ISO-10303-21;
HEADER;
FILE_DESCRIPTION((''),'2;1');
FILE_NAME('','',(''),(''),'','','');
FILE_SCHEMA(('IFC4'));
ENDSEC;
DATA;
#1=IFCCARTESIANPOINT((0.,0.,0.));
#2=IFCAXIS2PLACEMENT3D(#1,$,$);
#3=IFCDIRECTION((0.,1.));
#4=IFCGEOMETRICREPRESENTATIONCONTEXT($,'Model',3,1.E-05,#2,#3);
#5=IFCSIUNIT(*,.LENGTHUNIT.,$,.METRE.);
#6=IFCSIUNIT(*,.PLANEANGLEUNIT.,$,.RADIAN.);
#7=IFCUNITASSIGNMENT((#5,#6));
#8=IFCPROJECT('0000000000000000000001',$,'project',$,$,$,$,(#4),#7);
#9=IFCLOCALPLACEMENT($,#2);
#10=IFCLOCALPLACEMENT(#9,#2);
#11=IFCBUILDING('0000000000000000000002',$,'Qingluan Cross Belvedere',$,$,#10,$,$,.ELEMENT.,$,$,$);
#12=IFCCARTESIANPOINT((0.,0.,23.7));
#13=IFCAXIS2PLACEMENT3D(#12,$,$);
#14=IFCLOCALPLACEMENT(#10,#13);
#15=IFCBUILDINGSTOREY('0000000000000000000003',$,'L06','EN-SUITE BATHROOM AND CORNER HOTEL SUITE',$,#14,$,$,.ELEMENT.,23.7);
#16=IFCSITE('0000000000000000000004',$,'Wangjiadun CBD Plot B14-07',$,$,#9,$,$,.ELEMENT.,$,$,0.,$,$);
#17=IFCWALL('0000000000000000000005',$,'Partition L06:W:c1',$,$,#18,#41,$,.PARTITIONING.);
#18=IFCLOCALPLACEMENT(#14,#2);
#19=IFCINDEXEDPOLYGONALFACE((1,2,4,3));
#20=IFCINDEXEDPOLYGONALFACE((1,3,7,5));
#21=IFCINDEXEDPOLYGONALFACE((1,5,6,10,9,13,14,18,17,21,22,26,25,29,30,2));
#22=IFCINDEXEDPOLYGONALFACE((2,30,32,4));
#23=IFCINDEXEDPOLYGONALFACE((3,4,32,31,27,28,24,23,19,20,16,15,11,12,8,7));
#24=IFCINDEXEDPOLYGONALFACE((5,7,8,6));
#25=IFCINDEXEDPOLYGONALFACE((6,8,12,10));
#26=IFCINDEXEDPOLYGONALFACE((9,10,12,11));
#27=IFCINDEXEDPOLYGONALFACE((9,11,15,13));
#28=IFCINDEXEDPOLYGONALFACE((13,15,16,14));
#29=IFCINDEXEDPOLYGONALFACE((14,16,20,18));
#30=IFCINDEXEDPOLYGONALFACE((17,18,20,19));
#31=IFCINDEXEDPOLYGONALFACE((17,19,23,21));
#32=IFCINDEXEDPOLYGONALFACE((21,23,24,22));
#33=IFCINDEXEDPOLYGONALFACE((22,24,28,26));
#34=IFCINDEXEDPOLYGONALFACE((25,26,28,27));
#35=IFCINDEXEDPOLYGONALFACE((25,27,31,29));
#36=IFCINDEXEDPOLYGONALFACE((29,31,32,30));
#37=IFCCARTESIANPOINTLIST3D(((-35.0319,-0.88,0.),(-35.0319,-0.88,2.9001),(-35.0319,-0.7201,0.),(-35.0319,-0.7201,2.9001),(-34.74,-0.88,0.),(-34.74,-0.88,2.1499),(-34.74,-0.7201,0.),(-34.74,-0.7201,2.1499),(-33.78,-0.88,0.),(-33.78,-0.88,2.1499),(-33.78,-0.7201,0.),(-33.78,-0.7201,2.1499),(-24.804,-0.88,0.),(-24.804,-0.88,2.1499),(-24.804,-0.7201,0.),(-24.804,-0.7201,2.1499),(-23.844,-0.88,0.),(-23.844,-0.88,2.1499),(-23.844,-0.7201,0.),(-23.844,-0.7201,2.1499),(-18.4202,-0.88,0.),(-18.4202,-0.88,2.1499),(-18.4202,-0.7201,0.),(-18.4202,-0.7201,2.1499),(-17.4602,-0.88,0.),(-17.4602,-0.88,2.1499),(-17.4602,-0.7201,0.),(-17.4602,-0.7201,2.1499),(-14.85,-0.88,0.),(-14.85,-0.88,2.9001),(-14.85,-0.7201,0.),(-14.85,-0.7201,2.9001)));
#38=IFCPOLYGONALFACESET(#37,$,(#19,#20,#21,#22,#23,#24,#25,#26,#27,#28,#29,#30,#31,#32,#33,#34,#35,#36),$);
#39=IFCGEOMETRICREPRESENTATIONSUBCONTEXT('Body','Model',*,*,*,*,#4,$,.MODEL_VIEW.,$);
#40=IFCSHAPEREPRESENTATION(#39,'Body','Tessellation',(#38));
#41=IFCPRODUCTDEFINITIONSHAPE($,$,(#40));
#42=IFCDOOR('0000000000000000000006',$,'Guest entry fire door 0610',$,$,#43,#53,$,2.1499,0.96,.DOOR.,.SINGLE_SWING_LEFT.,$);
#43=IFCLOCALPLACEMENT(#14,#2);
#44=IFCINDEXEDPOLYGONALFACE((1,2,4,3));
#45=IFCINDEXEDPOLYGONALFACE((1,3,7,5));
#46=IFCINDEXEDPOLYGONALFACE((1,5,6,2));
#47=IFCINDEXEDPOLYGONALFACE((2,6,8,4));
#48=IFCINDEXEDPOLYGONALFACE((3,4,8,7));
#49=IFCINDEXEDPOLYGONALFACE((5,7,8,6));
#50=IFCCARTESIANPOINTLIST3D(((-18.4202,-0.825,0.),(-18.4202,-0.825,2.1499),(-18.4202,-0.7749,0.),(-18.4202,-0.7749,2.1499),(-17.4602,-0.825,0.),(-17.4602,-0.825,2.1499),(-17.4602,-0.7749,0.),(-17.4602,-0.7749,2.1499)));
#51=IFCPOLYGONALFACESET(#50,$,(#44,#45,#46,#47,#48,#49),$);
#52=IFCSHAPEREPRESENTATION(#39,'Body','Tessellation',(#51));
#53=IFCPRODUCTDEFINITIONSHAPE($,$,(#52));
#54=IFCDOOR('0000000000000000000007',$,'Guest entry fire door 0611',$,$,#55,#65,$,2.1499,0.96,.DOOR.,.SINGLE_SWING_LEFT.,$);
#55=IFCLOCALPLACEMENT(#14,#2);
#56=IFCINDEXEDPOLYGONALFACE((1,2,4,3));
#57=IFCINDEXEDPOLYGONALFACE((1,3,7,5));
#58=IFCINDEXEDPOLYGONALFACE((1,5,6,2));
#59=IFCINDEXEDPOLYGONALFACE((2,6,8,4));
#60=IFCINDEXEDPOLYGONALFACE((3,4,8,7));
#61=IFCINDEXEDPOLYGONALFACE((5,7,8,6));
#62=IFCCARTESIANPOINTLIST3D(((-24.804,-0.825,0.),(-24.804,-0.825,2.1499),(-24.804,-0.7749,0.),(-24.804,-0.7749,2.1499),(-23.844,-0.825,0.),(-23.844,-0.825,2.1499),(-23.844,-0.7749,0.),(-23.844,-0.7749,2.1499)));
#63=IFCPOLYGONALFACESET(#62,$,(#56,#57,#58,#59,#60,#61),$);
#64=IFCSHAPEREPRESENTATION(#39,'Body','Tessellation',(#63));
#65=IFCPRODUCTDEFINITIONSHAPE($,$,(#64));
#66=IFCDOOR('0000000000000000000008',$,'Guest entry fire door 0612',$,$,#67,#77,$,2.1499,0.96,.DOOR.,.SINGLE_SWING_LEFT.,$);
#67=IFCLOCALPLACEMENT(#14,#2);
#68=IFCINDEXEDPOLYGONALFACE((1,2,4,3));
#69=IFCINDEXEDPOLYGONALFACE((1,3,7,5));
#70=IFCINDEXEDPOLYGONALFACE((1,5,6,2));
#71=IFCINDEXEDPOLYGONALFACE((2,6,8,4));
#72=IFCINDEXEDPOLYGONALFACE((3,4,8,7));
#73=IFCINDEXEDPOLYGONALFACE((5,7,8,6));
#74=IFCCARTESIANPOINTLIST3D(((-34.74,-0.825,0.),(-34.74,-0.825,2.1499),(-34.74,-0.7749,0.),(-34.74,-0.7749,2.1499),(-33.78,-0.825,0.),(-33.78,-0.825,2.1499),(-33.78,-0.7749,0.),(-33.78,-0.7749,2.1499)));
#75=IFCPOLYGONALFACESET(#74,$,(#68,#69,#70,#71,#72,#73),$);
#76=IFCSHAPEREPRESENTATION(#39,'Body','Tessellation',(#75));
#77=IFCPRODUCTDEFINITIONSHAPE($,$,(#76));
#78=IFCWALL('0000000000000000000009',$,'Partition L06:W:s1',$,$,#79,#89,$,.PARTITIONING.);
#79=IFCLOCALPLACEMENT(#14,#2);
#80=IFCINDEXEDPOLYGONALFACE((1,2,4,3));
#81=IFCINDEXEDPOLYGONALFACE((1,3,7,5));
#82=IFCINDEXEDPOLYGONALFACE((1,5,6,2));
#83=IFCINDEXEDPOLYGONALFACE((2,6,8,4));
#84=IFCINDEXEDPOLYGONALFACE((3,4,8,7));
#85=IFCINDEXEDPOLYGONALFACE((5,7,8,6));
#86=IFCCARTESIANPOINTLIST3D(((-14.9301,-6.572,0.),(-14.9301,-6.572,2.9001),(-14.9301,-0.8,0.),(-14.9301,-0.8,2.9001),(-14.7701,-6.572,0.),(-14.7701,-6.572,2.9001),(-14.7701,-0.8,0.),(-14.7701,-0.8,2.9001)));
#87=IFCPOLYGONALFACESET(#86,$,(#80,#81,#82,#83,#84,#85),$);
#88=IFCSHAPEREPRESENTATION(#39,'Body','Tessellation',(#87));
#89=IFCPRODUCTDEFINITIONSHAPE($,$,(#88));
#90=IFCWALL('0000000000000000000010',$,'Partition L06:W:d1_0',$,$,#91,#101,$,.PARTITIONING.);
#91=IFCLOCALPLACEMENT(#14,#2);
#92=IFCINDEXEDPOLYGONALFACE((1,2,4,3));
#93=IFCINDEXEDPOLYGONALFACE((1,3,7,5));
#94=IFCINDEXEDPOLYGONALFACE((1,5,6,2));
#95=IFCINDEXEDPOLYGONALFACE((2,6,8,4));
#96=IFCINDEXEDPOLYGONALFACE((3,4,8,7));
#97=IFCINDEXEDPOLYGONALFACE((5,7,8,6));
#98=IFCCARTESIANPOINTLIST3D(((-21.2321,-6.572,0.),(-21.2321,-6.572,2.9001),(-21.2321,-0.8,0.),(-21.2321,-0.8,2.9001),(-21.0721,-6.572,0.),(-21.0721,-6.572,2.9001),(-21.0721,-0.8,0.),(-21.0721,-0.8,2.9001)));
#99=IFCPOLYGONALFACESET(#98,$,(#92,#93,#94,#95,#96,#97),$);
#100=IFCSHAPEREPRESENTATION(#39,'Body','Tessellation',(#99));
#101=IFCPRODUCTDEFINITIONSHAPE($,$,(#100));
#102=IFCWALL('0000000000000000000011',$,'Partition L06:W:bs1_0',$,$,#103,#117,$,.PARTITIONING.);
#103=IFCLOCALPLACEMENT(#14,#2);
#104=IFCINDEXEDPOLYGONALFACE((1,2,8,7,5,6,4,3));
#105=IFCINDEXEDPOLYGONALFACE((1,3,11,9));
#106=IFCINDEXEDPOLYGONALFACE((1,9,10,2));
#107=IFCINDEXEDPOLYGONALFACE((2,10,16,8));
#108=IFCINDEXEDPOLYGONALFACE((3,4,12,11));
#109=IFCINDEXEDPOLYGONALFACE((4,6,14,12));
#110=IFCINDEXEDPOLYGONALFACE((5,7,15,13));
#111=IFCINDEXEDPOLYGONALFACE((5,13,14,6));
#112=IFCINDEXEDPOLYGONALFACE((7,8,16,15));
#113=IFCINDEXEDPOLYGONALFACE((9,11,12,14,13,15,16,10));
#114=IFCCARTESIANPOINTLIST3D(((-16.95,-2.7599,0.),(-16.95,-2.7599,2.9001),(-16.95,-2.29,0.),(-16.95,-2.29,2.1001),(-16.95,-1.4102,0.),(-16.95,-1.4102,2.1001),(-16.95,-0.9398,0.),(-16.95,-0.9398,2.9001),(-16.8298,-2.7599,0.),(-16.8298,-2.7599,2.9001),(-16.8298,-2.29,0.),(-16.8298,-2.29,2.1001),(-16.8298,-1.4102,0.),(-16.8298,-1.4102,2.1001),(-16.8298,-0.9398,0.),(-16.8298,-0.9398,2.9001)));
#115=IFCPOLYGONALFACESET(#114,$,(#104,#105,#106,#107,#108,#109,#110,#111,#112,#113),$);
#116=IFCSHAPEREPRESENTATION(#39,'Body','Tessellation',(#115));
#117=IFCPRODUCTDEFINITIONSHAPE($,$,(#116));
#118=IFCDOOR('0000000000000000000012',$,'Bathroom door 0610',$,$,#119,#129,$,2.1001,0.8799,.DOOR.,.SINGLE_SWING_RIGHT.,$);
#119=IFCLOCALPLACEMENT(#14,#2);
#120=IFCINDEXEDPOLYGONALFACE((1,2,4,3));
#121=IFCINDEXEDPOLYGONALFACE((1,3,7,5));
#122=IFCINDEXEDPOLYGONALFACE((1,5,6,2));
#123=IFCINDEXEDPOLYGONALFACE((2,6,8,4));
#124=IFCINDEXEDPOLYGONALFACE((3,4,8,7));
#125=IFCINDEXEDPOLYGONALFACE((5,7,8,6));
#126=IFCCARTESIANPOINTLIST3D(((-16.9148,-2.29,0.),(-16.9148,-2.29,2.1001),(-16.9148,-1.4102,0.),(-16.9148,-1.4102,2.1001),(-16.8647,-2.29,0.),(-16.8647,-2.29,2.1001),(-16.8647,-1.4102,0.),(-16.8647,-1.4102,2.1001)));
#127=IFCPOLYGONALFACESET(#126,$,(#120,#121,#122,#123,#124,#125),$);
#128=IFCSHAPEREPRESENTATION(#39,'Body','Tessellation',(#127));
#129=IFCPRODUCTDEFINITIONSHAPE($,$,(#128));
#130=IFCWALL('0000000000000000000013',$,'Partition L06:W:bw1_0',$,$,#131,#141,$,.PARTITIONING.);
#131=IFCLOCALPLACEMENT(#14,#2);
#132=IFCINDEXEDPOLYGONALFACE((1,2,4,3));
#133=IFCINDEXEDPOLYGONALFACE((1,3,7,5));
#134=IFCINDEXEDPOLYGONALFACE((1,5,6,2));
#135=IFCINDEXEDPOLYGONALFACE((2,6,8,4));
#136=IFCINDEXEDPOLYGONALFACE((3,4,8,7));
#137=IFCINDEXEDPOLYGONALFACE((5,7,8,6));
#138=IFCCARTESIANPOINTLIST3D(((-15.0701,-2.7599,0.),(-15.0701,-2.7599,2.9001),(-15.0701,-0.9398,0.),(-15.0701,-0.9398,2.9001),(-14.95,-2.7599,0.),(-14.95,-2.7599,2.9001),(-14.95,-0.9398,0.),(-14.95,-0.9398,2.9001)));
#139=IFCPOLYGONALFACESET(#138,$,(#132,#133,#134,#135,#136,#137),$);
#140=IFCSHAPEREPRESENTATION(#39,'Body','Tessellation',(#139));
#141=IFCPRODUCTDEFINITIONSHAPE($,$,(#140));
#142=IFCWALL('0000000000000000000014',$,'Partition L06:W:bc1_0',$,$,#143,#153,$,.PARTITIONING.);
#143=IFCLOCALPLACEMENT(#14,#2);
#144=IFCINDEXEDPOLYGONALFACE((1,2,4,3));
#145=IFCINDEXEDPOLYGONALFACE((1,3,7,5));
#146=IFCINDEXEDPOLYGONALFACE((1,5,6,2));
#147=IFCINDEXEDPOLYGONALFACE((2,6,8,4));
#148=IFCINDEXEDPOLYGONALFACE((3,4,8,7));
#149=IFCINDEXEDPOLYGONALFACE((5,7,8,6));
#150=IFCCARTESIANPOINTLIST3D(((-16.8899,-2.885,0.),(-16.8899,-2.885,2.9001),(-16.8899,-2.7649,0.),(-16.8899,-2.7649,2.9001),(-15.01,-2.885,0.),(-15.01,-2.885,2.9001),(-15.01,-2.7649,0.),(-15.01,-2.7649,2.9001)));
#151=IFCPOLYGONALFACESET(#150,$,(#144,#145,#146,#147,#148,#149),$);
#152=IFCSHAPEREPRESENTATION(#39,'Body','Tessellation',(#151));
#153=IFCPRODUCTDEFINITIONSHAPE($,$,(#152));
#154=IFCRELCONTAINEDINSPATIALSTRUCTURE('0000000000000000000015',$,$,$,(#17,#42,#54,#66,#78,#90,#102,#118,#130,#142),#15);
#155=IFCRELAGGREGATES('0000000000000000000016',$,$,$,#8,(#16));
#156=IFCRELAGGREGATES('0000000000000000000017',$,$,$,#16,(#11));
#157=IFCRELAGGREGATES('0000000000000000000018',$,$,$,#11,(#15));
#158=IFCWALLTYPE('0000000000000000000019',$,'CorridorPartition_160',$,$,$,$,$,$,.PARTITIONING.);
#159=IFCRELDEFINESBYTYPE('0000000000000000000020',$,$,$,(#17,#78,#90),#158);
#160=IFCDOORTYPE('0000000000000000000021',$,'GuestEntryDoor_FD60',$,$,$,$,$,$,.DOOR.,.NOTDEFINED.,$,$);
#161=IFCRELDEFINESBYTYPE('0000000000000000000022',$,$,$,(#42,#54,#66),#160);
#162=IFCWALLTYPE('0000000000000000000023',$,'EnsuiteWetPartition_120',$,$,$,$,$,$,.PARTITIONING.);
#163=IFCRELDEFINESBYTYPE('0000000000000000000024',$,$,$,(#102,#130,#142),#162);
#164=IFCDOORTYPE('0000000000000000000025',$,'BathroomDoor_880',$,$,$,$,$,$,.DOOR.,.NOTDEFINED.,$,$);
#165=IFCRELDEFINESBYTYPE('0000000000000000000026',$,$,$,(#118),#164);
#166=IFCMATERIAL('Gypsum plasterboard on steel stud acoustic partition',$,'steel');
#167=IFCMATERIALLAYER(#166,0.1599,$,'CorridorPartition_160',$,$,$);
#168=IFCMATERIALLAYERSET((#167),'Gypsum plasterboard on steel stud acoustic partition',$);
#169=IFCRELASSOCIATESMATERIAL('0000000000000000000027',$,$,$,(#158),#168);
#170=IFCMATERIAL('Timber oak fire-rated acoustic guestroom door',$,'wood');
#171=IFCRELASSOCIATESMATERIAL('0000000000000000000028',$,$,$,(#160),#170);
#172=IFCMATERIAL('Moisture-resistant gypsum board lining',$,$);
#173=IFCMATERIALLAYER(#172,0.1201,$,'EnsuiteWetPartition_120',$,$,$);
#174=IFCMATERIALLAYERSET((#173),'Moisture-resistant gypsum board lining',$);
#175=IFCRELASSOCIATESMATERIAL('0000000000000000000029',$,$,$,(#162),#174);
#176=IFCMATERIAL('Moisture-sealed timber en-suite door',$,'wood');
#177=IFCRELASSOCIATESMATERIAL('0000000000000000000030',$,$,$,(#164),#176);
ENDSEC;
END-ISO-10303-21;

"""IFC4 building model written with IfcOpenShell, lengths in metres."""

from ifc_helpers import new_model, si_unit, direction, frame, frame_2d, origin, place, context, subcontext, project, spatial, rectangle, extrude, material, layer, layer_set, type_object, element, fill, save


model = new_model("IFC4")

# Units and contexts
model_context = context("Model", 3, precision=1e-05, world=origin(), true_north=direction((0.0, 1.0)))
body_context = subcontext(model_context, "Body", "Model", "MODEL_VIEW")
ifc_project = project(units=[si_unit("LENGTHUNIT", "METRE"), si_unit("PLANEANGLEUNIT", "RADIAN")], contexts=[model_context])

# Site, building, storey
site_placement = place(None, origin())
site = spatial("IfcSite", under=ifc_project, at=site_placement, Name="Wangjiadun CBD Plot B14-07", CompositionType="ELEMENT", RefElevation=0.0)
building_placement = place(site_placement, origin())
building = spatial("IfcBuilding", under=site, at=building_placement, Name="Qingluan Cross Belvedere", CompositionType="ELEMENT")
storey_placement = place(building_placement, frame((0.0, 0.0, 23.7)))
storey = spatial("IfcBuildingStorey", under=building, at=storey_placement, Name="L06", Description="EN-SUITE BATHROOM AND CORNER HOTEL SUITE", CompositionType="ELEMENT", Elevation=23.7)

# Wall, openings, doors
ifc_material_1 = material(Name="Gypsum plasterboard on steel stud acoustic partition", Category="steel")
ifc_layer_1 = layer(ifc_material_1, 0.1599, Name="CorridorPartition_160")
ifc_layer_set_1 = layer_set([ifc_layer_1], Name="Gypsum plasterboard on steel stud acoustic partition")
wall_type_1 = type_object("IfcWallType", Name="CorridorPartition_160", PredefinedType="PARTITIONING", material=ifc_layer_set_1)
wall_1_placement = place(storey_placement, frame((-14.8501, -0.8, 0.0), z_axis=(0.0, 0.0, 1.0), x_axis=(-1.0, 0.0, 0.0)))
wall_1 = element("IfcWall", 1, at=wall_1_placement, inside=storey, type_object=wall_type_1, Name="Partition L06:W:c1", PredefinedType="PARTITIONING", context=body_context, shape_type="SweptSolid", body=[
    extrude(rectangle(XDim=20.1819, YDim=0.1599, at=frame_2d((10.0908, 0.0))), origin(), (0.0, 0.0, 1.0), 2.9001),
])
opening_1_placement = place(wall_1_placement, frame((2.6101, 0.0, 0.0)))
opening_1 = element("IfcOpeningElement", 2, at=opening_1_placement, cuts=wall_1, PredefinedType="OPENING", context=body_context, shape_type="SweptSolid", body=[
    extrude(rectangle(XDim=0.96, YDim=2.1499, at=frame_2d((0.48, 1.075))), frame((0.0, 0.0898, 0.0), z_axis=(0.0, -1.0, 0.0), x_axis=(1.0, 0.0, 0.0)), (0.0, 0.0, 1.0), 0.1799),
])
opening_2_placement = place(wall_1_placement, frame((8.9939, 0.0, 0.0)))
opening_2 = element("IfcOpeningElement", 3, at=opening_2_placement, cuts=wall_1, PredefinedType="OPENING", context=body_context, shape_type="SweptSolid", body=[
    extrude(rectangle(XDim=0.96, YDim=2.1499, at=frame_2d((0.48, 1.075))), frame((0.0, 0.0898, 0.0), z_axis=(0.0, -1.0, 0.0), x_axis=(1.0, 0.0, 0.0)), (0.0, 0.0, 1.0), 0.1799),
])
opening_3_placement = place(wall_1_placement, frame((18.9299, 0.0, 0.0)))
opening_3 = element("IfcOpeningElement", 4, at=opening_3_placement, cuts=wall_1, PredefinedType="OPENING", context=body_context, shape_type="SweptSolid", body=[
    extrude(rectangle(XDim=0.96, YDim=2.1499, at=frame_2d((0.48, 1.075))), frame((0.0, 0.0898, 0.0), z_axis=(0.0, -1.0, 0.0), x_axis=(1.0, 0.0, 0.0)), (0.0, 0.0, 1.0), 0.1799),
])
ifc_material_2 = material(Name="Timber oak fire-rated acoustic guestroom door", Category="wood")
door_type_1 = type_object("IfcDoorType", Name="GuestEntryDoor_FD60", OperationType="NOTDEFINED", PredefinedType="DOOR", material=ifc_material_2)
door_1_placement = place(opening_1_placement, origin())
door_1 = element("IfcDoor", 5, at=door_1_placement, inside=storey, type_object=door_type_1, Name="Guest entry fire door 0610", OperationType="SINGLE_SWING_LEFT", OverallHeight=2.1499, OverallWidth=0.96, PredefinedType="DOOR", context=body_context, shape_type="SweptSolid", body=[
    extrude(rectangle(XDim=0.96, YDim=2.1499, at=frame_2d((0.48, 1.075))), frame((0.0, 0.0249, 0.0), z_axis=(0.0, -1.0, 0.0), x_axis=(1.0, 0.0, 0.0)), (0.0, 0.0, 1.0), 0.05),
])
fill(opening_1, door_1)
door_2_placement = place(opening_2_placement, origin())
door_2 = element("IfcDoor", 6, at=door_2_placement, inside=storey, type_object=door_type_1, Name="Guest entry fire door 0611", OperationType="SINGLE_SWING_LEFT", OverallHeight=2.1499, OverallWidth=0.96, PredefinedType="DOOR", context=body_context, shape_type="SweptSolid", body=[
    extrude(rectangle(XDim=0.96, YDim=2.1499, at=frame_2d((0.48, 1.075))), frame((0.0, 0.0249, 0.0), z_axis=(0.0, -1.0, 0.0), x_axis=(1.0, 0.0, 0.0)), (0.0, 0.0, 1.0), 0.05),
])
fill(opening_2, door_2)
door_3_placement = place(opening_3_placement, origin())
door_3 = element("IfcDoor", 7, at=door_3_placement, inside=storey, type_object=door_type_1, Name="Guest entry fire door 0612", OperationType="SINGLE_SWING_LEFT", OverallHeight=2.1499, OverallWidth=0.96, PredefinedType="DOOR", context=body_context, shape_type="SweptSolid", body=[
    extrude(rectangle(XDim=0.96, YDim=2.1499, at=frame_2d((0.48, 1.075))), frame((0.0, 0.0249, 0.0), z_axis=(0.0, -1.0, 0.0), x_axis=(1.0, 0.0, 0.0)), (0.0, 0.0, 1.0), 0.05),
])
fill(opening_3, door_3)

# Walls
for number, where, z_axis, x_axis, name in (
    (8, (-14.8501, -0.8, 0.0), (0.0, 0.0, 1.0), (0.0, -1.0, 0.0), "Partition L06:W:s1"),
    (9, (-21.1521, -0.8, 0.0), (0.0, 0.0, 1.0), (0.0, -1.0, 0.0), "Partition L06:W:d1_0"),
):
    element("IfcWall", number, at=place(storey_placement, frame(where, z_axis=z_axis, x_axis=x_axis)), inside=storey, type_object=wall_type_1, Name=name, PredefinedType="PARTITIONING", context=body_context, shape_type="SweptSolid", body=[
        extrude(rectangle(XDim=5.772, YDim=0.1599, at=frame_2d((2.886, 0.0))), origin(), (0.0, 0.0, 1.0), 2.9001),
    ])

# Wall, opening, door
ifc_material_3 = material(Name="Moisture-resistant gypsum board lining")
ifc_layer_2 = layer(ifc_material_3, 0.1201, Name="EnsuiteWetPartition_120")
ifc_layer_set_2 = layer_set([ifc_layer_2], Name="Moisture-resistant gypsum board lining")
wall_type_2 = type_object("IfcWallType", Name="EnsuiteWetPartition_120", PredefinedType="PARTITIONING", material=ifc_layer_set_2)
wall_2_placement = place(storey_placement, frame((-16.8899, -2.76, 0.0), z_axis=(0.0, 0.0, 1.0), x_axis=(0.0, 1.0, 0.0)))
wall_2 = element("IfcWall", 10, at=wall_2_placement, inside=storey, type_object=wall_type_2, Name="Partition L06:W:bs1_0", PredefinedType="PARTITIONING", context=body_context, shape_type="SweptSolid", body=[
    extrude(rectangle(XDim=1.8201, YDim=0.1201, at=frame_2d((0.9102, 0.0))), origin(), (0.0, 0.0, 1.0), 2.9001),
])
opening_4_placement = place(wall_2_placement, frame((0.47, 0.0, 0.0)))
opening_4 = element("IfcOpeningElement", 11, at=opening_4_placement, cuts=wall_2, PredefinedType="OPENING", context=body_context, shape_type="SweptSolid", body=[
    extrude(rectangle(XDim=0.8799, YDim=2.1001, at=frame_2d((0.4399, 1.05))), frame((0.0, 0.0701, 0.0), z_axis=(0.0, -1.0, 0.0), x_axis=(1.0, 0.0, 0.0)), (0.0, 0.0, 1.0), 0.1401),
])
ifc_material_4 = material(Name="Moisture-sealed timber en-suite door", Category="wood")
door_type_2 = type_object("IfcDoorType", Name="BathroomDoor_880", OperationType="NOTDEFINED", PredefinedType="DOOR", material=ifc_material_4)
door_4_placement = place(opening_4_placement, origin())
door_4 = element("IfcDoor", 12, at=door_4_placement, inside=storey, type_object=door_type_2, Name="Bathroom door 0610", OperationType="SINGLE_SWING_RIGHT", OverallHeight=2.1001, OverallWidth=0.8799, PredefinedType="DOOR", context=body_context, shape_type="SweptSolid", body=[
    extrude(rectangle(XDim=0.8799, YDim=2.1001, at=frame_2d((0.4399, 1.05))), frame((0.0, 0.0249, 0.0), z_axis=(0.0, -1.0, 0.0), x_axis=(1.0, 0.0, 0.0)), (0.0, 0.0, 1.0), 0.05),
])
fill(opening_4, door_4)

# Walls
wall_3_placement = place(storey_placement, frame((-15.01, -2.76, 0.0), z_axis=(0.0, 0.0, 1.0), x_axis=(0.0, 1.0, 0.0)))
element("IfcWall", 13, at=wall_3_placement, inside=storey, type_object=wall_type_2, Name="Partition L06:W:bw1_0", PredefinedType="PARTITIONING", context=body_context, shape_type="SweptSolid", body=[
    extrude(rectangle(XDim=1.8201, YDim=0.1201, at=frame_2d((0.9102, 0.0))), origin(), (0.0, 0.0, 1.0), 2.9001),
])
wall_4_placement = place(storey_placement, frame((-15.01, -2.825, 0.0), z_axis=(0.0, 0.0, 1.0), x_axis=(-1.0, 0.0, 0.0)))
element("IfcWall", 14, at=wall_4_placement, inside=storey, type_object=wall_type_2, Name="Partition L06:W:bc1_0", PredefinedType="PARTITIONING", context=body_context, shape_type="SweptSolid", body=[
    extrude(rectangle(XDim=1.8799, YDim=0.1201, at=frame_2d((0.9399, 0.0))), origin(), (0.0, 0.0, 1.0), 2.9001),
])

save(model, "model.ifc")
